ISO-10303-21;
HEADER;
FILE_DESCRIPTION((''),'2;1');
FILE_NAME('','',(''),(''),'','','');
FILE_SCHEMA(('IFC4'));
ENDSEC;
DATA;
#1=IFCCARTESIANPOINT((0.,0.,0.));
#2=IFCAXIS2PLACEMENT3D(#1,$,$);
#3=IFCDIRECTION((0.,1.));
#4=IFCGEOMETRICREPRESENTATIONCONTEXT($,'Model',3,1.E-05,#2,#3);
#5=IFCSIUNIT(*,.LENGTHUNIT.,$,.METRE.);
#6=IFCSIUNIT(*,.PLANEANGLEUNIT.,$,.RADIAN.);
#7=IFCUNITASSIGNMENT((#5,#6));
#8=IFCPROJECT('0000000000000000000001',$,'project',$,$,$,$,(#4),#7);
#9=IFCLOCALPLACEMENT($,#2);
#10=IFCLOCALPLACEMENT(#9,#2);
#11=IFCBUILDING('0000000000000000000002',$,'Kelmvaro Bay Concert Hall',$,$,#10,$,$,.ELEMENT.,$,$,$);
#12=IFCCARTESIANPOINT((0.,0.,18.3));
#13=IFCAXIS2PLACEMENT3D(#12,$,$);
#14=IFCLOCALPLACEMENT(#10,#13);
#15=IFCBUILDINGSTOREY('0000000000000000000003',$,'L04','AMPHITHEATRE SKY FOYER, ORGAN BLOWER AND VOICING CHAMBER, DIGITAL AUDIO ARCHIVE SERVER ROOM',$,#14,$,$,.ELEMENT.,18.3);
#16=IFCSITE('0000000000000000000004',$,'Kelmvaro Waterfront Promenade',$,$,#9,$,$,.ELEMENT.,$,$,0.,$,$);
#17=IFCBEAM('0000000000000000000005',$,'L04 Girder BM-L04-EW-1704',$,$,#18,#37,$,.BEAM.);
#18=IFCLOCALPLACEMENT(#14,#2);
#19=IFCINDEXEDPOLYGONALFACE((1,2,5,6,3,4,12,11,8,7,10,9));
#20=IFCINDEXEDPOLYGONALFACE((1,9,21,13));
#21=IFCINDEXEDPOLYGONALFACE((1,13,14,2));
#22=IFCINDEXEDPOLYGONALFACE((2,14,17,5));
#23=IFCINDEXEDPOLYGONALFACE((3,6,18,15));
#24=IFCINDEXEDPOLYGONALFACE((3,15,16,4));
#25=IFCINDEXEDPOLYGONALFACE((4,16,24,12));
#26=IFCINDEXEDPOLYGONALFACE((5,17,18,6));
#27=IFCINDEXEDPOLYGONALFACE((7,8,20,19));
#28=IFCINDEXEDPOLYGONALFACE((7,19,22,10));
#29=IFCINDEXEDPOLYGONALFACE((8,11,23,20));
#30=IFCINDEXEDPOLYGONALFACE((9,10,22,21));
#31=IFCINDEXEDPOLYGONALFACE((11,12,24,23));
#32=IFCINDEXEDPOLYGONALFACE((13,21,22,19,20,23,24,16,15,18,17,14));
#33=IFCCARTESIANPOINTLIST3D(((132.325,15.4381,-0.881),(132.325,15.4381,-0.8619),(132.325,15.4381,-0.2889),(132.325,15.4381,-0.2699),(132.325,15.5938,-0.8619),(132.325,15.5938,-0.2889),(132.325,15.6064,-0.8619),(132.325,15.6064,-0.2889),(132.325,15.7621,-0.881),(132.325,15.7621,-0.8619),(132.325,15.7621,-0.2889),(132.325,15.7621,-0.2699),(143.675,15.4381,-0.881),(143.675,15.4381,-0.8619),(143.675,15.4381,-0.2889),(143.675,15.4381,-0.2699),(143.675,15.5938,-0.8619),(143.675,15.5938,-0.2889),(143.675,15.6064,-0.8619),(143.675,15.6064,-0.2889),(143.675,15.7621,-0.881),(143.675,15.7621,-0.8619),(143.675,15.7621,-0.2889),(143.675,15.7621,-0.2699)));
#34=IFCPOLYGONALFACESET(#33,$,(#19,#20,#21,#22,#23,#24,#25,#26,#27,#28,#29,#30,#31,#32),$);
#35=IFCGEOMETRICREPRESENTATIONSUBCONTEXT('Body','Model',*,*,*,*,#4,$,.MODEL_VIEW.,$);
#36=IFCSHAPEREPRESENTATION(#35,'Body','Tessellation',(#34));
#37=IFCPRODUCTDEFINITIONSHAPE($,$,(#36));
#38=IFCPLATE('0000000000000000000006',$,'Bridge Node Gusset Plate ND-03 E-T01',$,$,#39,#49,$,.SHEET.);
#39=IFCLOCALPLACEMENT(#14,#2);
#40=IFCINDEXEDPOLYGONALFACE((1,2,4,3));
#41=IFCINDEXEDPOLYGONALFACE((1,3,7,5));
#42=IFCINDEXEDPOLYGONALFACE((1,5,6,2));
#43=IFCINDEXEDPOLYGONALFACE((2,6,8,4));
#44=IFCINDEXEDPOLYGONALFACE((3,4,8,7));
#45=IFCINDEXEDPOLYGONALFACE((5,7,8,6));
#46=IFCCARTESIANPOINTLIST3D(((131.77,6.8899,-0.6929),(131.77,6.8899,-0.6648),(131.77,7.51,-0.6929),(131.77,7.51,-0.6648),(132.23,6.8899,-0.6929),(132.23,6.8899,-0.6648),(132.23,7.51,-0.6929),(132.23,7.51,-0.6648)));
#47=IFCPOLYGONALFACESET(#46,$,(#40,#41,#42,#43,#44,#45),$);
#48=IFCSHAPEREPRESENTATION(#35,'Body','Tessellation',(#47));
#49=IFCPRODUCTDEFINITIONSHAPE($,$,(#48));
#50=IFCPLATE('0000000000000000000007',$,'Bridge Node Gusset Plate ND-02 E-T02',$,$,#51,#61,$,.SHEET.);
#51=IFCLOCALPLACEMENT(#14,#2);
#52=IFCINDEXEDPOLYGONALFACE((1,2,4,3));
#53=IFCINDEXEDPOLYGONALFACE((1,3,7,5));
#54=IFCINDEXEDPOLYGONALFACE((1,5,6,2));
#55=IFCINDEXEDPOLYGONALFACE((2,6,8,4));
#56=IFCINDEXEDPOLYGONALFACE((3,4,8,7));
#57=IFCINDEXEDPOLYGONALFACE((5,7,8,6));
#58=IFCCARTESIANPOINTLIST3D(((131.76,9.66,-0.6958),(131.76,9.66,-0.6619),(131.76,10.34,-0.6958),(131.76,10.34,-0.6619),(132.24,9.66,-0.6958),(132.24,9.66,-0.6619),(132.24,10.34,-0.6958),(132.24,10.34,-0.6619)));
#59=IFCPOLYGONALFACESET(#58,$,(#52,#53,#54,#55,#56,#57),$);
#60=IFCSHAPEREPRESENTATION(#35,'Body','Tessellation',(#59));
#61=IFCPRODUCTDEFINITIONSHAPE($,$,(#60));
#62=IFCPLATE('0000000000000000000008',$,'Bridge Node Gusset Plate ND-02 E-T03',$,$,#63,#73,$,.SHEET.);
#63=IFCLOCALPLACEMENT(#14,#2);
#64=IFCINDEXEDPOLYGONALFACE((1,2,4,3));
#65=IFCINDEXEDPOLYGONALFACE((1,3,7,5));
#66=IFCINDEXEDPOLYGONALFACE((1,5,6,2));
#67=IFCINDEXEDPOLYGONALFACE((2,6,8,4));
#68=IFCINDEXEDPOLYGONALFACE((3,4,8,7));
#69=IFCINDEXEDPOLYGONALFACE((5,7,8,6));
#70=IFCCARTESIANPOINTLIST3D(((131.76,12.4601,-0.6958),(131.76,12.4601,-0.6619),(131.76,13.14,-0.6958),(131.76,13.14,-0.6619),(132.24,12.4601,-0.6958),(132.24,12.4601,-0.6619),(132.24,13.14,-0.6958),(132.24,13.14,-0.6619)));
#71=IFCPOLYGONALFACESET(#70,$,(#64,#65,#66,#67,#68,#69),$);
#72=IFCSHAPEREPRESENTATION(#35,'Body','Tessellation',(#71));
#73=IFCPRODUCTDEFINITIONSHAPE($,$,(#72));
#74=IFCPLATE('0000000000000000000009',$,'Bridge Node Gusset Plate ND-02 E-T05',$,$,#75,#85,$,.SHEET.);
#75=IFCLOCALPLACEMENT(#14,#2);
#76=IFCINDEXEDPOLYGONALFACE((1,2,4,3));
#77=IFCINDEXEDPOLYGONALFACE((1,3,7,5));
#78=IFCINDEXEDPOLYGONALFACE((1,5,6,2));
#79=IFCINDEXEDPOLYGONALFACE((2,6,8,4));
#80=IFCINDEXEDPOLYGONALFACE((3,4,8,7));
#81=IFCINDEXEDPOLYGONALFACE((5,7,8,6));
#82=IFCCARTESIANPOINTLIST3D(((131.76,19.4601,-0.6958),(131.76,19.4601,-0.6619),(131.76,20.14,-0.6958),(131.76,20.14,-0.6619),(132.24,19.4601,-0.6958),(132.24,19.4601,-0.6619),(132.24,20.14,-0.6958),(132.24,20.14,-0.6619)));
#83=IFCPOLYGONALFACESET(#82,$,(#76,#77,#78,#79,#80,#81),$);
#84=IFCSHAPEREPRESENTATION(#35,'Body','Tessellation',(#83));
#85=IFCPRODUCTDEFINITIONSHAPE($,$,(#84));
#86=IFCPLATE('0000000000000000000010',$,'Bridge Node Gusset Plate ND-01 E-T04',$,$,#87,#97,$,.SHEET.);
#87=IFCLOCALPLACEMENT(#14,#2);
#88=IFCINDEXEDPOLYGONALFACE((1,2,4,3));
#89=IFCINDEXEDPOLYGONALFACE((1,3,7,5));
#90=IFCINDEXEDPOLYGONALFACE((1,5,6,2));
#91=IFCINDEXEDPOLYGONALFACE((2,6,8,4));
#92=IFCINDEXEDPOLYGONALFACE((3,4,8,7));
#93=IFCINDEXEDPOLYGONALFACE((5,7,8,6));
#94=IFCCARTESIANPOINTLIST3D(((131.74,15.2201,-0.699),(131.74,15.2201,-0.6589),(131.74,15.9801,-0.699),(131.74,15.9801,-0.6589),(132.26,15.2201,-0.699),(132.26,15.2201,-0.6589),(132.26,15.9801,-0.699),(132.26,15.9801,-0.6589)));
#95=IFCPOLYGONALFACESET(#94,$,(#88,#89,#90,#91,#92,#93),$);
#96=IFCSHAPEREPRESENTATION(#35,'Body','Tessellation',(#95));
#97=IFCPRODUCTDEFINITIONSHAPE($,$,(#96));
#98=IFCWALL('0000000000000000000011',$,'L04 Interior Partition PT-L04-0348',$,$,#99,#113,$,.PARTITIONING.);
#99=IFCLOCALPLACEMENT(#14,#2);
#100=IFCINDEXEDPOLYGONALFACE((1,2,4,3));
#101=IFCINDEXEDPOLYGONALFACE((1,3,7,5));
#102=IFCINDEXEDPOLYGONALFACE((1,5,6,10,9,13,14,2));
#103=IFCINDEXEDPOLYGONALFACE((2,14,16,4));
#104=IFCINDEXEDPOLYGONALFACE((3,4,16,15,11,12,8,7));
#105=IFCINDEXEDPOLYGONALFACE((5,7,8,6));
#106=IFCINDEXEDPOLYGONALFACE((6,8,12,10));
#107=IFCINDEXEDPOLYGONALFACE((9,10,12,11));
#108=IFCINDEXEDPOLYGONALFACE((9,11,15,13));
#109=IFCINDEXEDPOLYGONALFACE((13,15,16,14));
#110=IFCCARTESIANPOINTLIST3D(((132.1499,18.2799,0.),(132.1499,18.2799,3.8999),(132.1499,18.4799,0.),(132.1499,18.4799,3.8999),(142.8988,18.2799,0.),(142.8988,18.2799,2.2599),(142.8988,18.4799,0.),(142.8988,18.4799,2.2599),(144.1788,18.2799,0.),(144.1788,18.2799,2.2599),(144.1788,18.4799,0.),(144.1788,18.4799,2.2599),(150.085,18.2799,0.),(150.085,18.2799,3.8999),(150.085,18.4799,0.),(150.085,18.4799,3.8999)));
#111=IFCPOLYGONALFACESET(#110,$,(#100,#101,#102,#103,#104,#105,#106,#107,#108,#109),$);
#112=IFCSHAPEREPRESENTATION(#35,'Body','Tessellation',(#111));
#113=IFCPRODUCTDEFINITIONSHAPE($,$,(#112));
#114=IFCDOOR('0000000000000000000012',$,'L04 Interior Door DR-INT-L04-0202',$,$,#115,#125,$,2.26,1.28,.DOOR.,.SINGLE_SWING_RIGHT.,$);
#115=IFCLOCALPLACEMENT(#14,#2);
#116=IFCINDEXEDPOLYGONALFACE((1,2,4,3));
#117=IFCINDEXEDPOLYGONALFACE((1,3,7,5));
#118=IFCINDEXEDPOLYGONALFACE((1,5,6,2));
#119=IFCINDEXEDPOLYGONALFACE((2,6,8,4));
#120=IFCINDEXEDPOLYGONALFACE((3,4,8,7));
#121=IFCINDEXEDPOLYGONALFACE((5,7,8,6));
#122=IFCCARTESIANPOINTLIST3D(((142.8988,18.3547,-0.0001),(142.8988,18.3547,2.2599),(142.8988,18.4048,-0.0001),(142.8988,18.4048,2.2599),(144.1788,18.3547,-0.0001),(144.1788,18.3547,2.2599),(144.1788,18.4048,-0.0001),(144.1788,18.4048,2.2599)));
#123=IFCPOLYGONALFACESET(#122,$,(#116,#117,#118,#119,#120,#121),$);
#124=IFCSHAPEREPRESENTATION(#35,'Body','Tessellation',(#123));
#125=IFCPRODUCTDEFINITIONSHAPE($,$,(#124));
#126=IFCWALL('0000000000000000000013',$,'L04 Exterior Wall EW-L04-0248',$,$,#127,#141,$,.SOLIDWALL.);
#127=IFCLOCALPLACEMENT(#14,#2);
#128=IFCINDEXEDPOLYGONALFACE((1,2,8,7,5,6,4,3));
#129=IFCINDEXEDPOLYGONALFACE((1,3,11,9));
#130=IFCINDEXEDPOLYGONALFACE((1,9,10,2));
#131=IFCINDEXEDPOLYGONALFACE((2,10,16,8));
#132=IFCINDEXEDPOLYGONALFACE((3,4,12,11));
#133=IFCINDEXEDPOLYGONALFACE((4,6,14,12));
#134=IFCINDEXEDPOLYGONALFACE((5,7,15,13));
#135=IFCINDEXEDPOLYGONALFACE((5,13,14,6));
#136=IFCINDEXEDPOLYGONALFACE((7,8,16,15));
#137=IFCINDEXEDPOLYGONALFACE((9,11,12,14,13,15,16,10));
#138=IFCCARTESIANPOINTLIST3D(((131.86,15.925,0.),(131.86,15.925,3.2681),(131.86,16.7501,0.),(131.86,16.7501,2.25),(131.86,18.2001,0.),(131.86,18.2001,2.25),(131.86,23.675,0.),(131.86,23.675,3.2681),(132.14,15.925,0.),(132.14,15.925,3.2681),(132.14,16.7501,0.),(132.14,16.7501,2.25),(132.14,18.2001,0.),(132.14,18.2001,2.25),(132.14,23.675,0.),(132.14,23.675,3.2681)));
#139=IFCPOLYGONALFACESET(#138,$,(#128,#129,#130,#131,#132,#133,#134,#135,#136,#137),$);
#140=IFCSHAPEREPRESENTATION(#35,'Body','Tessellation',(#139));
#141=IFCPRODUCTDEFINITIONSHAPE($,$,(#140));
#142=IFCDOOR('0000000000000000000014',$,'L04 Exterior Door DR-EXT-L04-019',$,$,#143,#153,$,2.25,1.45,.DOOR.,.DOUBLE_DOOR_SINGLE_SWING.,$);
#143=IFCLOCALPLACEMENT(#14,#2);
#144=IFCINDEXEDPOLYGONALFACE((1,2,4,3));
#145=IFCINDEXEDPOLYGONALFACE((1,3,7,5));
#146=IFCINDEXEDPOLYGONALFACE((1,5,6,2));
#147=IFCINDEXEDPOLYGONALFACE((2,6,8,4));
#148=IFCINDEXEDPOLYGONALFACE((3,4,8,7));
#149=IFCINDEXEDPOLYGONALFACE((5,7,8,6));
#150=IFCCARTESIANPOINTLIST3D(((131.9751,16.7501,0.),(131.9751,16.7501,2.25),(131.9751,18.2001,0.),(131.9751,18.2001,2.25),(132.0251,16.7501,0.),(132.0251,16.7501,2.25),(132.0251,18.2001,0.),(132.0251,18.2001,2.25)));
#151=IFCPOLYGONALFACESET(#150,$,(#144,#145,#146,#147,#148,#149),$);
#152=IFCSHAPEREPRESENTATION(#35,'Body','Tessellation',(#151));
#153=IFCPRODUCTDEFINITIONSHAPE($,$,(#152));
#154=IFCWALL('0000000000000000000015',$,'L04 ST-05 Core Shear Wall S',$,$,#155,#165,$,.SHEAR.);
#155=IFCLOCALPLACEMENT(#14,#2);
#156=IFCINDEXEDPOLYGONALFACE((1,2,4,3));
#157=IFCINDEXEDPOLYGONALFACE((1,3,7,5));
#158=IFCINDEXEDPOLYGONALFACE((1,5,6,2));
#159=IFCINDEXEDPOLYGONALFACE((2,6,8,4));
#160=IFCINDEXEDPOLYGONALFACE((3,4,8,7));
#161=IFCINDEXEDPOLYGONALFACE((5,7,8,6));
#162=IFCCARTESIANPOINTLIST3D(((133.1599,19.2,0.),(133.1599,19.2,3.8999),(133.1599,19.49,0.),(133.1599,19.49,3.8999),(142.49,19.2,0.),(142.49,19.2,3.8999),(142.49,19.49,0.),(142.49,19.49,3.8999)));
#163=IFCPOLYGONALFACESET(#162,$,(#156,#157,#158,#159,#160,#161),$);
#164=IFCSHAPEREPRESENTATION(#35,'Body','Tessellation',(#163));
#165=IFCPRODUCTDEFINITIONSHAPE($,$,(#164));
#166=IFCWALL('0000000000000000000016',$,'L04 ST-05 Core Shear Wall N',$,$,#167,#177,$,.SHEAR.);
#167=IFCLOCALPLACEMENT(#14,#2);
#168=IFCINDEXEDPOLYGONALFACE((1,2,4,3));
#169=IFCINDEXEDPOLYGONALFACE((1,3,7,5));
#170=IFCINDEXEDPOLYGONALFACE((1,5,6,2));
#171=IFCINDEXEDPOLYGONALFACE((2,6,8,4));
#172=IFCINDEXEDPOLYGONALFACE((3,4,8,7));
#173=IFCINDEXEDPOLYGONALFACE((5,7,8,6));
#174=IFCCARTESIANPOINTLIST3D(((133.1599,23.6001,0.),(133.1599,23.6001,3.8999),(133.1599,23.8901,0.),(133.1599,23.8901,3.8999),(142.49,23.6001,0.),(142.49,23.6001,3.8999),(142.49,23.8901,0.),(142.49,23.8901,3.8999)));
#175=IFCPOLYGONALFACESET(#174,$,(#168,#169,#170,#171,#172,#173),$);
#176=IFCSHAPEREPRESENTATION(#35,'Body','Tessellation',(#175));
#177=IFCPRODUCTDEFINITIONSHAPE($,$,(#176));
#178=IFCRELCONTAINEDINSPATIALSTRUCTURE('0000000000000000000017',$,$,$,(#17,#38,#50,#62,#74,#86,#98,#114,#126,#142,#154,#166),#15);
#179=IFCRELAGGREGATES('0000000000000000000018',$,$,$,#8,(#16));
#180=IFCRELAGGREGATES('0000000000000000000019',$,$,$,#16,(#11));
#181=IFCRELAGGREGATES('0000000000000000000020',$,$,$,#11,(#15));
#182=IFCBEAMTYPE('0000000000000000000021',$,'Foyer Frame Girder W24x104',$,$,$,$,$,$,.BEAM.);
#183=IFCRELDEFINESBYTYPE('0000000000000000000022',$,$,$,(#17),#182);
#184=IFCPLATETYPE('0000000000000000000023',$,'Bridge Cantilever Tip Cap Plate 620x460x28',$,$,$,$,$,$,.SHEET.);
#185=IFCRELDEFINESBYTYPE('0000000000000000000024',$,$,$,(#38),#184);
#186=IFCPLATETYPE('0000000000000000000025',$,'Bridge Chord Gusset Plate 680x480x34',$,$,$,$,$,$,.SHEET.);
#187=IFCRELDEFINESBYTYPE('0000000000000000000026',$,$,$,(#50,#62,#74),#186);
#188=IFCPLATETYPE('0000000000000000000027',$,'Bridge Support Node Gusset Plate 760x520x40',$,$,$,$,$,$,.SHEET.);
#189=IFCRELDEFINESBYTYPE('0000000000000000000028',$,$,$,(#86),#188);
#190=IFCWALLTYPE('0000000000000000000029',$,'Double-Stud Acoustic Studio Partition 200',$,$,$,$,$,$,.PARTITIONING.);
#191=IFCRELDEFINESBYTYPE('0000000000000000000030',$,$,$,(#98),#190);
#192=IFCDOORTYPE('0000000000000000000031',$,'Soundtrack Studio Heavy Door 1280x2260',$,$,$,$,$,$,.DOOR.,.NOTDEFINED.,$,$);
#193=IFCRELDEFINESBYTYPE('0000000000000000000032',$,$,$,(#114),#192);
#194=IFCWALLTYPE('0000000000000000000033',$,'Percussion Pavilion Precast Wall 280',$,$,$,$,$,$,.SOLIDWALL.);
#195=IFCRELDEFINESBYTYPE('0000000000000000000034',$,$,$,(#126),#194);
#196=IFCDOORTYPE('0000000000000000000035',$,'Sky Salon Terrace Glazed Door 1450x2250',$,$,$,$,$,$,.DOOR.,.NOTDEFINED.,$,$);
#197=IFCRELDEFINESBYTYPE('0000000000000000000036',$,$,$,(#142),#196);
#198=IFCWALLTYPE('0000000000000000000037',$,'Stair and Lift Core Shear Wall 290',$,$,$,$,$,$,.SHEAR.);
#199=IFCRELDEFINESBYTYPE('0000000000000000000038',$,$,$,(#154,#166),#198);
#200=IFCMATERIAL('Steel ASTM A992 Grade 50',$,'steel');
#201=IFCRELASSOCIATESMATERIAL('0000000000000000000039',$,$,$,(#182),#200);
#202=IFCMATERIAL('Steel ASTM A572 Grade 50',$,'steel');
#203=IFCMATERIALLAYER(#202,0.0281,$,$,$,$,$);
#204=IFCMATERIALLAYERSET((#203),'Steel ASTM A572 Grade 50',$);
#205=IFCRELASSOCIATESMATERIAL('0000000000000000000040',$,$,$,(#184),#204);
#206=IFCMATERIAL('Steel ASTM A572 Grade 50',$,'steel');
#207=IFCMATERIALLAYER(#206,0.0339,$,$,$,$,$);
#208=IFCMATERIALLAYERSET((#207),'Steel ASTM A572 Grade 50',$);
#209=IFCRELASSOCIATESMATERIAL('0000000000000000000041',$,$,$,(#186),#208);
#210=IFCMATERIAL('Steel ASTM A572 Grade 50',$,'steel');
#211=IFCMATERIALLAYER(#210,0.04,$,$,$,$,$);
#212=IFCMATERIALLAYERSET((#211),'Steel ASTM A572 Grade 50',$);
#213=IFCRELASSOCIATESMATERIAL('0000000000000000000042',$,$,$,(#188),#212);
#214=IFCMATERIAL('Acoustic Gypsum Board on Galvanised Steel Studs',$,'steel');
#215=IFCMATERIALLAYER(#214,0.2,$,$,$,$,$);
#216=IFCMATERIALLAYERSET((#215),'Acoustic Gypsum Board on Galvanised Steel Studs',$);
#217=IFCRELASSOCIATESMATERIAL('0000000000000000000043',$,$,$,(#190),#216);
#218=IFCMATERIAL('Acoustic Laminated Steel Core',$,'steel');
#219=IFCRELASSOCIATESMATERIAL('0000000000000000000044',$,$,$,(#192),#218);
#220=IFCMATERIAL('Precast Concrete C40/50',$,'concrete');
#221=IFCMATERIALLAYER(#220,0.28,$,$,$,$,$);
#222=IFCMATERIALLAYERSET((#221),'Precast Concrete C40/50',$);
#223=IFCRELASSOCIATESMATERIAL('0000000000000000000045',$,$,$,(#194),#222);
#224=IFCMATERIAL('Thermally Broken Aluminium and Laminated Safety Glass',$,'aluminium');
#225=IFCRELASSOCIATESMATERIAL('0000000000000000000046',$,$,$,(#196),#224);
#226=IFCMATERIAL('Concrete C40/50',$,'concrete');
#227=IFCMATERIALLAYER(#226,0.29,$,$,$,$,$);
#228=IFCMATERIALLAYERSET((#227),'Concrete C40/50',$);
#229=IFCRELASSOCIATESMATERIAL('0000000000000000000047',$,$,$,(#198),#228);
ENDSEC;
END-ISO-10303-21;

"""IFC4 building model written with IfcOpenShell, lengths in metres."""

from ifc_helpers import new_model, si_unit, direction, frame, frame_2d, origin, origin_2d, place, context, subcontext, project, spatial, rectangle, i_section, extrude, material, layer, layer_set, material_profile, profile_set, type_object, element, fill, save


model = new_model("IFC4")

# Units and contexts
model_context = context("Model", 3, precision=1e-05, world=origin(), true_north=direction((0.0, 1.0)))
body_context = subcontext(model_context, "Body", "Model", "MODEL_VIEW")
ifc_project = project(units=[si_unit("LENGTHUNIT", "METRE"), si_unit("PLANEANGLEUNIT", "RADIAN")], contexts=[model_context])

# Site, building, storey
site_placement = place(None, origin())
site = spatial("IfcSite", under=ifc_project, at=site_placement, Name="Kelmvaro Waterfront Promenade", CompositionType="ELEMENT", RefElevation=0.0)
building_placement = place(site_placement, origin())
building = spatial("IfcBuilding", under=site, at=building_placement, Name="Kelmvaro Bay Concert Hall", CompositionType="ELEMENT")
storey_placement = place(building_placement, frame((0.0, 0.0, 18.3)))
storey = spatial("IfcBuildingStorey", under=building, at=storey_placement, Name="L04", Description="AMPHITHEATRE SKY FOYER, ORGAN BLOWER AND VOICING CHAMBER, DIGITAL AUDIO ARCHIVE SERVER ROOM", CompositionType="ELEMENT", Elevation=18.3)

# Beam
ifc_material_1 = material(Name="Steel ASTM A992 Grade 50", Category="steel")
ifc_material_profile_1 = material_profile(ifc_material_1, i_section(OverallWidth=0.324, OverallDepth=0.6111, WebThickness=0.0127, FlangeThickness=0.019, at=origin_2d()), Name="W24X104")
ifc_profile_set_1 = profile_set([ifc_material_profile_1], Name="Steel ASTM A992 Grade 50")
beam_type_1 = type_object("IfcBeamType", Name="Foyer Frame Girder W24x104", PredefinedType="BEAM", material=ifc_profile_set_1)
beam_1_placement = place(storey_placement, frame((132.325, 15.6001, -0.5754), z_axis=(1.0, 0.0, 0.0), x_axis=(0.0, 1.0, 0.0)))
element("IfcBeam", 1, at=beam_1_placement, inside=storey, type_object=beam_type_1, Name="L04 Girder BM-L04-EW-1704", PredefinedType="BEAM", context=body_context, shape_type="SweptSolid", body=[
    extrude(i_section(OverallWidth=0.324, OverallDepth=0.6111, WebThickness=0.0127, FlangeThickness=0.019, at=origin_2d()), origin(), (0.0, 0.0, 1.0), 11.3501),
])

# Plates
ifc_material_2 = material(Name="Steel ASTM A572 Grade 50", Category="steel")
ifc_layer_1 = layer(ifc_material_2, 0.0281)
ifc_layer_set_1 = layer_set([ifc_layer_1], Name="Steel ASTM A572 Grade 50")
plate_type_1 = type_object("IfcPlateType", Name="Bridge Cantilever Tip Cap Plate 620x460x28", PredefinedType="SHEET", material=ifc_layer_set_1)
plate_1_placement = place(storey_placement, frame((132.0, 7.2, -0.6929), z_axis=(0.0, 0.0, 1.0), x_axis=(0.0, 1.0, 0.0)))
element("IfcPlate", 2, at=plate_1_placement, inside=storey, type_object=plate_type_1, Name="Bridge Node Gusset Plate ND-03 E-T01", PredefinedType="SHEET", context=body_context, shape_type="SweptSolid", body=[
    extrude(rectangle(XDim=0.6201, YDim=0.46, at=origin_2d()), origin(), (0.0, 0.0, 1.0), 0.0281),
])
ifc_material_3 = material(Name="Steel ASTM A572 Grade 50", Category="steel")
ifc_layer_2 = layer(ifc_material_3, 0.0339)
ifc_layer_set_2 = layer_set([ifc_layer_2], Name="Steel ASTM A572 Grade 50")
plate_type_2 = type_object("IfcPlateType", Name="Bridge Chord Gusset Plate 680x480x34", PredefinedType="SHEET", material=ifc_layer_set_2)
for number, where, z_axis, x_axis, name in (
    (3, (132.0, 10.0, -0.6958), (0.0, 0.0, 1.0), (0.0, 1.0, 0.0), "Bridge Node Gusset Plate ND-02 E-T02"),
    (4, (132.0, 12.8, -0.6958), (0.0, 0.0, 1.0), (0.0, 1.0, 0.0), "Bridge Node Gusset Plate ND-02 E-T03"),
    (5, (132.0, 19.8, -0.6958), (0.0, 0.0, 1.0), (0.0, 1.0, 0.0), "Bridge Node Gusset Plate ND-02 E-T05"),
):
    element("IfcPlate", number, at=place(storey_placement, frame(where, z_axis=z_axis, x_axis=x_axis)), inside=storey, type_object=plate_type_2, Name=name, PredefinedType="SHEET", context=body_context, shape_type="SweptSolid", body=[
        extrude(rectangle(XDim=0.6799, YDim=0.48, at=origin_2d()), origin(), (0.0, 0.0, 1.0), 0.0339),
    ])
ifc_material_4 = material(Name="Steel ASTM A572 Grade 50", Category="steel")
ifc_layer_3 = layer(ifc_material_4, 0.04)
ifc_layer_set_3 = layer_set([ifc_layer_3], Name="Steel ASTM A572 Grade 50")
plate_type_3 = type_object("IfcPlateType", Name="Bridge Support Node Gusset Plate 760x520x40", PredefinedType="SHEET", material=ifc_layer_set_3)
plate_2_placement = place(storey_placement, frame((132.0, 15.6001, -0.699), z_axis=(0.0, 0.0, 1.0), x_axis=(0.0, 1.0, 0.0)))
element("IfcPlate", 6, at=plate_2_placement, inside=storey, type_object=plate_type_3, Name="Bridge Node Gusset Plate ND-01 E-T04", PredefinedType="SHEET", context=body_context, shape_type="SweptSolid", body=[
    extrude(rectangle(XDim=0.76, YDim=0.52, at=origin_2d()), origin(), (0.0, 0.0, 1.0), 0.04),
])

# Walls, openings, doors
ifc_material_5 = material(Name="Acoustic Gypsum Board on Galvanised Steel Studs", Category="steel")
ifc_layer_4 = layer(ifc_material_5, 0.2)
ifc_layer_set_4 = layer_set([ifc_layer_4], Name="Acoustic Gypsum Board on Galvanised Steel Studs")
wall_type_1 = type_object("IfcWallType", Name="Double-Stud Acoustic Studio Partition 200", PredefinedType="PARTITIONING", material=ifc_layer_set_4)
wall_1_placement = place(storey_placement, frame((132.1499, 18.3799, 0.0), z_axis=(0.0, 0.0, 1.0), x_axis=(1.0, 0.0, 0.0)))
wall_1 = element("IfcWall", 7, at=wall_1_placement, inside=storey, type_object=wall_type_1, Name="L04 Interior Partition PT-L04-0348", PredefinedType="PARTITIONING", context=body_context, shape_type="SweptSolid", body=[
    extrude(rectangle(XDim=17.9351, YDim=0.2, at=frame_2d((8.9675, 0.0))), origin(), (0.0, 0.0, 1.0), 3.8999),
])
opening_1_placement = place(wall_1_placement, frame((10.7488, 0.0, 0.0)))
opening_1 = element("IfcOpeningElement", 8, at=opening_1_placement, cuts=wall_1, PredefinedType="OPENING", context=body_context, shape_type="SweptSolid", body=[
    extrude(rectangle(XDim=1.28, YDim=2.26, at=frame_2d((0.6401, 1.1299))), frame((0.0, 0.1099, 0.0), z_axis=(0.0, -1.0, 0.0), x_axis=(1.0, 0.0, 0.0)), (0.0, 0.0, 1.0), 0.22),
])
ifc_material_6 = material(Name="Acoustic Laminated Steel Core", Category="steel")
door_type_1 = type_object("IfcDoorType", Name="Soundtrack Studio Heavy Door 1280x2260", OperationType="NOTDEFINED", PredefinedType="DOOR", material=ifc_material_6)
door_1_placement = place(opening_1_placement, origin())
door_1 = element("IfcDoor", 9, at=door_1_placement, inside=storey, type_object=door_type_1, Name="L04 Interior Door DR-INT-L04-0202", OperationType="SINGLE_SWING_RIGHT", OverallHeight=2.26, OverallWidth=1.28, PredefinedType="DOOR", context=body_context, shape_type="SweptSolid", body=[
    extrude(rectangle(XDim=1.28, YDim=2.26, at=frame_2d((0.6401, 1.1299))), frame((0.0, 0.0249, 0.0), z_axis=(0.0, -1.0, 0.0), x_axis=(1.0, 0.0, 0.0)), (0.0, 0.0, 1.0), 0.05),
])
fill(opening_1, door_1)
ifc_material_7 = material(Name="Precast Concrete C40/50", Category="concrete")
ifc_layer_5 = layer(ifc_material_7, 0.28)
ifc_layer_set_5 = layer_set([ifc_layer_5], Name="Precast Concrete C40/50")
wall_type_2 = type_object("IfcWallType", Name="Percussion Pavilion Precast Wall 280", PredefinedType="SOLIDWALL", material=ifc_layer_set_5)
wall_2_placement = place(storey_placement, frame((132.0, 15.925, 0.0), z_axis=(0.0, 0.0, 1.0), x_axis=(0.0, 1.0, 0.0)))
wall_2 = element("IfcWall", 10, at=wall_2_placement, inside=storey, type_object=wall_type_2, Name="L04 Exterior Wall EW-L04-0248", PredefinedType="SOLIDWALL", context=body_context, shape_type="SweptSolid", body=[
    extrude(rectangle(XDim=7.75, YDim=0.28, at=frame_2d((3.875, 0.0))), origin(), (0.0, 0.0, 1.0), 3.2681),
])
opening_2_placement = place(wall_2_placement, frame((0.825, 0.0, 0.0)))
opening_2 = element("IfcOpeningElement", 11, at=opening_2_placement, cuts=wall_2, PredefinedType="OPENING", context=body_context, shape_type="SweptSolid", body=[
    extrude(rectangle(XDim=1.45, YDim=2.25, at=frame_2d((0.7251, 1.125))), frame((0.0, 0.1499, 0.0), z_axis=(0.0, -1.0, 0.0), x_axis=(1.0, 0.0, 0.0)), (0.0, 0.0, 1.0), 0.3),
])
ifc_material_8 = material(Name="Thermally Broken Aluminium and Laminated Safety Glass", Category="aluminium")
door_type_2 = type_object("IfcDoorType", Name="Sky Salon Terrace Glazed Door 1450x2250", OperationType="NOTDEFINED", PredefinedType="DOOR", material=ifc_material_8)
door_2_placement = place(opening_2_placement, origin())
door_2 = element("IfcDoor", 12, at=door_2_placement, inside=storey, type_object=door_type_2, Name="L04 Exterior Door DR-EXT-L04-019", OperationType="DOUBLE_DOOR_SINGLE_SWING", OverallHeight=2.25, OverallWidth=1.45, PredefinedType="DOOR", context=body_context, shape_type="SweptSolid", body=[
    extrude(rectangle(XDim=1.45, YDim=2.25, at=frame_2d((0.7251, 1.125))), frame((0.0, 0.0249, 0.0), z_axis=(0.0, -1.0, 0.0), x_axis=(1.0, 0.0, 0.0)), (0.0, 0.0, 1.0), 0.05),
])
fill(opening_2, door_2)

# Walls
ifc_material_9 = material(Name="Concrete C40/50", Category="concrete")
ifc_layer_6 = layer(ifc_material_9, 0.29)
ifc_layer_set_6 = layer_set([ifc_layer_6], Name="Concrete C40/50")
wall_type_3 = type_object("IfcWallType", Name="Stair and Lift Core Shear Wall 290", PredefinedType="SHEAR", material=ifc_layer_set_6)
for number, where, z_axis, x_axis, name in (
    (13, (133.1599, 19.345, 0.0), (0.0, 0.0, 1.0), (1.0, 0.0, 0.0), "L04 ST-05 Core Shear Wall S"),
    (14, (133.1599, 23.7451, 0.0), (0.0, 0.0, 1.0), (1.0, 0.0, 0.0), "L04 ST-05 Core Shear Wall N"),
):
    element("IfcWall", number, at=place(storey_placement, frame(where, z_axis=z_axis, x_axis=x_axis)), inside=storey, type_object=wall_type_3, Name=name, PredefinedType="SHEAR", context=body_context, shape_type="SweptSolid", body=[
        extrude(rectangle(XDim=9.3301, YDim=0.29, at=frame_2d((4.665, 0.0))), origin(), (0.0, 0.0, 1.0), 3.8999),
    ])

save(model, "model.ifc")
